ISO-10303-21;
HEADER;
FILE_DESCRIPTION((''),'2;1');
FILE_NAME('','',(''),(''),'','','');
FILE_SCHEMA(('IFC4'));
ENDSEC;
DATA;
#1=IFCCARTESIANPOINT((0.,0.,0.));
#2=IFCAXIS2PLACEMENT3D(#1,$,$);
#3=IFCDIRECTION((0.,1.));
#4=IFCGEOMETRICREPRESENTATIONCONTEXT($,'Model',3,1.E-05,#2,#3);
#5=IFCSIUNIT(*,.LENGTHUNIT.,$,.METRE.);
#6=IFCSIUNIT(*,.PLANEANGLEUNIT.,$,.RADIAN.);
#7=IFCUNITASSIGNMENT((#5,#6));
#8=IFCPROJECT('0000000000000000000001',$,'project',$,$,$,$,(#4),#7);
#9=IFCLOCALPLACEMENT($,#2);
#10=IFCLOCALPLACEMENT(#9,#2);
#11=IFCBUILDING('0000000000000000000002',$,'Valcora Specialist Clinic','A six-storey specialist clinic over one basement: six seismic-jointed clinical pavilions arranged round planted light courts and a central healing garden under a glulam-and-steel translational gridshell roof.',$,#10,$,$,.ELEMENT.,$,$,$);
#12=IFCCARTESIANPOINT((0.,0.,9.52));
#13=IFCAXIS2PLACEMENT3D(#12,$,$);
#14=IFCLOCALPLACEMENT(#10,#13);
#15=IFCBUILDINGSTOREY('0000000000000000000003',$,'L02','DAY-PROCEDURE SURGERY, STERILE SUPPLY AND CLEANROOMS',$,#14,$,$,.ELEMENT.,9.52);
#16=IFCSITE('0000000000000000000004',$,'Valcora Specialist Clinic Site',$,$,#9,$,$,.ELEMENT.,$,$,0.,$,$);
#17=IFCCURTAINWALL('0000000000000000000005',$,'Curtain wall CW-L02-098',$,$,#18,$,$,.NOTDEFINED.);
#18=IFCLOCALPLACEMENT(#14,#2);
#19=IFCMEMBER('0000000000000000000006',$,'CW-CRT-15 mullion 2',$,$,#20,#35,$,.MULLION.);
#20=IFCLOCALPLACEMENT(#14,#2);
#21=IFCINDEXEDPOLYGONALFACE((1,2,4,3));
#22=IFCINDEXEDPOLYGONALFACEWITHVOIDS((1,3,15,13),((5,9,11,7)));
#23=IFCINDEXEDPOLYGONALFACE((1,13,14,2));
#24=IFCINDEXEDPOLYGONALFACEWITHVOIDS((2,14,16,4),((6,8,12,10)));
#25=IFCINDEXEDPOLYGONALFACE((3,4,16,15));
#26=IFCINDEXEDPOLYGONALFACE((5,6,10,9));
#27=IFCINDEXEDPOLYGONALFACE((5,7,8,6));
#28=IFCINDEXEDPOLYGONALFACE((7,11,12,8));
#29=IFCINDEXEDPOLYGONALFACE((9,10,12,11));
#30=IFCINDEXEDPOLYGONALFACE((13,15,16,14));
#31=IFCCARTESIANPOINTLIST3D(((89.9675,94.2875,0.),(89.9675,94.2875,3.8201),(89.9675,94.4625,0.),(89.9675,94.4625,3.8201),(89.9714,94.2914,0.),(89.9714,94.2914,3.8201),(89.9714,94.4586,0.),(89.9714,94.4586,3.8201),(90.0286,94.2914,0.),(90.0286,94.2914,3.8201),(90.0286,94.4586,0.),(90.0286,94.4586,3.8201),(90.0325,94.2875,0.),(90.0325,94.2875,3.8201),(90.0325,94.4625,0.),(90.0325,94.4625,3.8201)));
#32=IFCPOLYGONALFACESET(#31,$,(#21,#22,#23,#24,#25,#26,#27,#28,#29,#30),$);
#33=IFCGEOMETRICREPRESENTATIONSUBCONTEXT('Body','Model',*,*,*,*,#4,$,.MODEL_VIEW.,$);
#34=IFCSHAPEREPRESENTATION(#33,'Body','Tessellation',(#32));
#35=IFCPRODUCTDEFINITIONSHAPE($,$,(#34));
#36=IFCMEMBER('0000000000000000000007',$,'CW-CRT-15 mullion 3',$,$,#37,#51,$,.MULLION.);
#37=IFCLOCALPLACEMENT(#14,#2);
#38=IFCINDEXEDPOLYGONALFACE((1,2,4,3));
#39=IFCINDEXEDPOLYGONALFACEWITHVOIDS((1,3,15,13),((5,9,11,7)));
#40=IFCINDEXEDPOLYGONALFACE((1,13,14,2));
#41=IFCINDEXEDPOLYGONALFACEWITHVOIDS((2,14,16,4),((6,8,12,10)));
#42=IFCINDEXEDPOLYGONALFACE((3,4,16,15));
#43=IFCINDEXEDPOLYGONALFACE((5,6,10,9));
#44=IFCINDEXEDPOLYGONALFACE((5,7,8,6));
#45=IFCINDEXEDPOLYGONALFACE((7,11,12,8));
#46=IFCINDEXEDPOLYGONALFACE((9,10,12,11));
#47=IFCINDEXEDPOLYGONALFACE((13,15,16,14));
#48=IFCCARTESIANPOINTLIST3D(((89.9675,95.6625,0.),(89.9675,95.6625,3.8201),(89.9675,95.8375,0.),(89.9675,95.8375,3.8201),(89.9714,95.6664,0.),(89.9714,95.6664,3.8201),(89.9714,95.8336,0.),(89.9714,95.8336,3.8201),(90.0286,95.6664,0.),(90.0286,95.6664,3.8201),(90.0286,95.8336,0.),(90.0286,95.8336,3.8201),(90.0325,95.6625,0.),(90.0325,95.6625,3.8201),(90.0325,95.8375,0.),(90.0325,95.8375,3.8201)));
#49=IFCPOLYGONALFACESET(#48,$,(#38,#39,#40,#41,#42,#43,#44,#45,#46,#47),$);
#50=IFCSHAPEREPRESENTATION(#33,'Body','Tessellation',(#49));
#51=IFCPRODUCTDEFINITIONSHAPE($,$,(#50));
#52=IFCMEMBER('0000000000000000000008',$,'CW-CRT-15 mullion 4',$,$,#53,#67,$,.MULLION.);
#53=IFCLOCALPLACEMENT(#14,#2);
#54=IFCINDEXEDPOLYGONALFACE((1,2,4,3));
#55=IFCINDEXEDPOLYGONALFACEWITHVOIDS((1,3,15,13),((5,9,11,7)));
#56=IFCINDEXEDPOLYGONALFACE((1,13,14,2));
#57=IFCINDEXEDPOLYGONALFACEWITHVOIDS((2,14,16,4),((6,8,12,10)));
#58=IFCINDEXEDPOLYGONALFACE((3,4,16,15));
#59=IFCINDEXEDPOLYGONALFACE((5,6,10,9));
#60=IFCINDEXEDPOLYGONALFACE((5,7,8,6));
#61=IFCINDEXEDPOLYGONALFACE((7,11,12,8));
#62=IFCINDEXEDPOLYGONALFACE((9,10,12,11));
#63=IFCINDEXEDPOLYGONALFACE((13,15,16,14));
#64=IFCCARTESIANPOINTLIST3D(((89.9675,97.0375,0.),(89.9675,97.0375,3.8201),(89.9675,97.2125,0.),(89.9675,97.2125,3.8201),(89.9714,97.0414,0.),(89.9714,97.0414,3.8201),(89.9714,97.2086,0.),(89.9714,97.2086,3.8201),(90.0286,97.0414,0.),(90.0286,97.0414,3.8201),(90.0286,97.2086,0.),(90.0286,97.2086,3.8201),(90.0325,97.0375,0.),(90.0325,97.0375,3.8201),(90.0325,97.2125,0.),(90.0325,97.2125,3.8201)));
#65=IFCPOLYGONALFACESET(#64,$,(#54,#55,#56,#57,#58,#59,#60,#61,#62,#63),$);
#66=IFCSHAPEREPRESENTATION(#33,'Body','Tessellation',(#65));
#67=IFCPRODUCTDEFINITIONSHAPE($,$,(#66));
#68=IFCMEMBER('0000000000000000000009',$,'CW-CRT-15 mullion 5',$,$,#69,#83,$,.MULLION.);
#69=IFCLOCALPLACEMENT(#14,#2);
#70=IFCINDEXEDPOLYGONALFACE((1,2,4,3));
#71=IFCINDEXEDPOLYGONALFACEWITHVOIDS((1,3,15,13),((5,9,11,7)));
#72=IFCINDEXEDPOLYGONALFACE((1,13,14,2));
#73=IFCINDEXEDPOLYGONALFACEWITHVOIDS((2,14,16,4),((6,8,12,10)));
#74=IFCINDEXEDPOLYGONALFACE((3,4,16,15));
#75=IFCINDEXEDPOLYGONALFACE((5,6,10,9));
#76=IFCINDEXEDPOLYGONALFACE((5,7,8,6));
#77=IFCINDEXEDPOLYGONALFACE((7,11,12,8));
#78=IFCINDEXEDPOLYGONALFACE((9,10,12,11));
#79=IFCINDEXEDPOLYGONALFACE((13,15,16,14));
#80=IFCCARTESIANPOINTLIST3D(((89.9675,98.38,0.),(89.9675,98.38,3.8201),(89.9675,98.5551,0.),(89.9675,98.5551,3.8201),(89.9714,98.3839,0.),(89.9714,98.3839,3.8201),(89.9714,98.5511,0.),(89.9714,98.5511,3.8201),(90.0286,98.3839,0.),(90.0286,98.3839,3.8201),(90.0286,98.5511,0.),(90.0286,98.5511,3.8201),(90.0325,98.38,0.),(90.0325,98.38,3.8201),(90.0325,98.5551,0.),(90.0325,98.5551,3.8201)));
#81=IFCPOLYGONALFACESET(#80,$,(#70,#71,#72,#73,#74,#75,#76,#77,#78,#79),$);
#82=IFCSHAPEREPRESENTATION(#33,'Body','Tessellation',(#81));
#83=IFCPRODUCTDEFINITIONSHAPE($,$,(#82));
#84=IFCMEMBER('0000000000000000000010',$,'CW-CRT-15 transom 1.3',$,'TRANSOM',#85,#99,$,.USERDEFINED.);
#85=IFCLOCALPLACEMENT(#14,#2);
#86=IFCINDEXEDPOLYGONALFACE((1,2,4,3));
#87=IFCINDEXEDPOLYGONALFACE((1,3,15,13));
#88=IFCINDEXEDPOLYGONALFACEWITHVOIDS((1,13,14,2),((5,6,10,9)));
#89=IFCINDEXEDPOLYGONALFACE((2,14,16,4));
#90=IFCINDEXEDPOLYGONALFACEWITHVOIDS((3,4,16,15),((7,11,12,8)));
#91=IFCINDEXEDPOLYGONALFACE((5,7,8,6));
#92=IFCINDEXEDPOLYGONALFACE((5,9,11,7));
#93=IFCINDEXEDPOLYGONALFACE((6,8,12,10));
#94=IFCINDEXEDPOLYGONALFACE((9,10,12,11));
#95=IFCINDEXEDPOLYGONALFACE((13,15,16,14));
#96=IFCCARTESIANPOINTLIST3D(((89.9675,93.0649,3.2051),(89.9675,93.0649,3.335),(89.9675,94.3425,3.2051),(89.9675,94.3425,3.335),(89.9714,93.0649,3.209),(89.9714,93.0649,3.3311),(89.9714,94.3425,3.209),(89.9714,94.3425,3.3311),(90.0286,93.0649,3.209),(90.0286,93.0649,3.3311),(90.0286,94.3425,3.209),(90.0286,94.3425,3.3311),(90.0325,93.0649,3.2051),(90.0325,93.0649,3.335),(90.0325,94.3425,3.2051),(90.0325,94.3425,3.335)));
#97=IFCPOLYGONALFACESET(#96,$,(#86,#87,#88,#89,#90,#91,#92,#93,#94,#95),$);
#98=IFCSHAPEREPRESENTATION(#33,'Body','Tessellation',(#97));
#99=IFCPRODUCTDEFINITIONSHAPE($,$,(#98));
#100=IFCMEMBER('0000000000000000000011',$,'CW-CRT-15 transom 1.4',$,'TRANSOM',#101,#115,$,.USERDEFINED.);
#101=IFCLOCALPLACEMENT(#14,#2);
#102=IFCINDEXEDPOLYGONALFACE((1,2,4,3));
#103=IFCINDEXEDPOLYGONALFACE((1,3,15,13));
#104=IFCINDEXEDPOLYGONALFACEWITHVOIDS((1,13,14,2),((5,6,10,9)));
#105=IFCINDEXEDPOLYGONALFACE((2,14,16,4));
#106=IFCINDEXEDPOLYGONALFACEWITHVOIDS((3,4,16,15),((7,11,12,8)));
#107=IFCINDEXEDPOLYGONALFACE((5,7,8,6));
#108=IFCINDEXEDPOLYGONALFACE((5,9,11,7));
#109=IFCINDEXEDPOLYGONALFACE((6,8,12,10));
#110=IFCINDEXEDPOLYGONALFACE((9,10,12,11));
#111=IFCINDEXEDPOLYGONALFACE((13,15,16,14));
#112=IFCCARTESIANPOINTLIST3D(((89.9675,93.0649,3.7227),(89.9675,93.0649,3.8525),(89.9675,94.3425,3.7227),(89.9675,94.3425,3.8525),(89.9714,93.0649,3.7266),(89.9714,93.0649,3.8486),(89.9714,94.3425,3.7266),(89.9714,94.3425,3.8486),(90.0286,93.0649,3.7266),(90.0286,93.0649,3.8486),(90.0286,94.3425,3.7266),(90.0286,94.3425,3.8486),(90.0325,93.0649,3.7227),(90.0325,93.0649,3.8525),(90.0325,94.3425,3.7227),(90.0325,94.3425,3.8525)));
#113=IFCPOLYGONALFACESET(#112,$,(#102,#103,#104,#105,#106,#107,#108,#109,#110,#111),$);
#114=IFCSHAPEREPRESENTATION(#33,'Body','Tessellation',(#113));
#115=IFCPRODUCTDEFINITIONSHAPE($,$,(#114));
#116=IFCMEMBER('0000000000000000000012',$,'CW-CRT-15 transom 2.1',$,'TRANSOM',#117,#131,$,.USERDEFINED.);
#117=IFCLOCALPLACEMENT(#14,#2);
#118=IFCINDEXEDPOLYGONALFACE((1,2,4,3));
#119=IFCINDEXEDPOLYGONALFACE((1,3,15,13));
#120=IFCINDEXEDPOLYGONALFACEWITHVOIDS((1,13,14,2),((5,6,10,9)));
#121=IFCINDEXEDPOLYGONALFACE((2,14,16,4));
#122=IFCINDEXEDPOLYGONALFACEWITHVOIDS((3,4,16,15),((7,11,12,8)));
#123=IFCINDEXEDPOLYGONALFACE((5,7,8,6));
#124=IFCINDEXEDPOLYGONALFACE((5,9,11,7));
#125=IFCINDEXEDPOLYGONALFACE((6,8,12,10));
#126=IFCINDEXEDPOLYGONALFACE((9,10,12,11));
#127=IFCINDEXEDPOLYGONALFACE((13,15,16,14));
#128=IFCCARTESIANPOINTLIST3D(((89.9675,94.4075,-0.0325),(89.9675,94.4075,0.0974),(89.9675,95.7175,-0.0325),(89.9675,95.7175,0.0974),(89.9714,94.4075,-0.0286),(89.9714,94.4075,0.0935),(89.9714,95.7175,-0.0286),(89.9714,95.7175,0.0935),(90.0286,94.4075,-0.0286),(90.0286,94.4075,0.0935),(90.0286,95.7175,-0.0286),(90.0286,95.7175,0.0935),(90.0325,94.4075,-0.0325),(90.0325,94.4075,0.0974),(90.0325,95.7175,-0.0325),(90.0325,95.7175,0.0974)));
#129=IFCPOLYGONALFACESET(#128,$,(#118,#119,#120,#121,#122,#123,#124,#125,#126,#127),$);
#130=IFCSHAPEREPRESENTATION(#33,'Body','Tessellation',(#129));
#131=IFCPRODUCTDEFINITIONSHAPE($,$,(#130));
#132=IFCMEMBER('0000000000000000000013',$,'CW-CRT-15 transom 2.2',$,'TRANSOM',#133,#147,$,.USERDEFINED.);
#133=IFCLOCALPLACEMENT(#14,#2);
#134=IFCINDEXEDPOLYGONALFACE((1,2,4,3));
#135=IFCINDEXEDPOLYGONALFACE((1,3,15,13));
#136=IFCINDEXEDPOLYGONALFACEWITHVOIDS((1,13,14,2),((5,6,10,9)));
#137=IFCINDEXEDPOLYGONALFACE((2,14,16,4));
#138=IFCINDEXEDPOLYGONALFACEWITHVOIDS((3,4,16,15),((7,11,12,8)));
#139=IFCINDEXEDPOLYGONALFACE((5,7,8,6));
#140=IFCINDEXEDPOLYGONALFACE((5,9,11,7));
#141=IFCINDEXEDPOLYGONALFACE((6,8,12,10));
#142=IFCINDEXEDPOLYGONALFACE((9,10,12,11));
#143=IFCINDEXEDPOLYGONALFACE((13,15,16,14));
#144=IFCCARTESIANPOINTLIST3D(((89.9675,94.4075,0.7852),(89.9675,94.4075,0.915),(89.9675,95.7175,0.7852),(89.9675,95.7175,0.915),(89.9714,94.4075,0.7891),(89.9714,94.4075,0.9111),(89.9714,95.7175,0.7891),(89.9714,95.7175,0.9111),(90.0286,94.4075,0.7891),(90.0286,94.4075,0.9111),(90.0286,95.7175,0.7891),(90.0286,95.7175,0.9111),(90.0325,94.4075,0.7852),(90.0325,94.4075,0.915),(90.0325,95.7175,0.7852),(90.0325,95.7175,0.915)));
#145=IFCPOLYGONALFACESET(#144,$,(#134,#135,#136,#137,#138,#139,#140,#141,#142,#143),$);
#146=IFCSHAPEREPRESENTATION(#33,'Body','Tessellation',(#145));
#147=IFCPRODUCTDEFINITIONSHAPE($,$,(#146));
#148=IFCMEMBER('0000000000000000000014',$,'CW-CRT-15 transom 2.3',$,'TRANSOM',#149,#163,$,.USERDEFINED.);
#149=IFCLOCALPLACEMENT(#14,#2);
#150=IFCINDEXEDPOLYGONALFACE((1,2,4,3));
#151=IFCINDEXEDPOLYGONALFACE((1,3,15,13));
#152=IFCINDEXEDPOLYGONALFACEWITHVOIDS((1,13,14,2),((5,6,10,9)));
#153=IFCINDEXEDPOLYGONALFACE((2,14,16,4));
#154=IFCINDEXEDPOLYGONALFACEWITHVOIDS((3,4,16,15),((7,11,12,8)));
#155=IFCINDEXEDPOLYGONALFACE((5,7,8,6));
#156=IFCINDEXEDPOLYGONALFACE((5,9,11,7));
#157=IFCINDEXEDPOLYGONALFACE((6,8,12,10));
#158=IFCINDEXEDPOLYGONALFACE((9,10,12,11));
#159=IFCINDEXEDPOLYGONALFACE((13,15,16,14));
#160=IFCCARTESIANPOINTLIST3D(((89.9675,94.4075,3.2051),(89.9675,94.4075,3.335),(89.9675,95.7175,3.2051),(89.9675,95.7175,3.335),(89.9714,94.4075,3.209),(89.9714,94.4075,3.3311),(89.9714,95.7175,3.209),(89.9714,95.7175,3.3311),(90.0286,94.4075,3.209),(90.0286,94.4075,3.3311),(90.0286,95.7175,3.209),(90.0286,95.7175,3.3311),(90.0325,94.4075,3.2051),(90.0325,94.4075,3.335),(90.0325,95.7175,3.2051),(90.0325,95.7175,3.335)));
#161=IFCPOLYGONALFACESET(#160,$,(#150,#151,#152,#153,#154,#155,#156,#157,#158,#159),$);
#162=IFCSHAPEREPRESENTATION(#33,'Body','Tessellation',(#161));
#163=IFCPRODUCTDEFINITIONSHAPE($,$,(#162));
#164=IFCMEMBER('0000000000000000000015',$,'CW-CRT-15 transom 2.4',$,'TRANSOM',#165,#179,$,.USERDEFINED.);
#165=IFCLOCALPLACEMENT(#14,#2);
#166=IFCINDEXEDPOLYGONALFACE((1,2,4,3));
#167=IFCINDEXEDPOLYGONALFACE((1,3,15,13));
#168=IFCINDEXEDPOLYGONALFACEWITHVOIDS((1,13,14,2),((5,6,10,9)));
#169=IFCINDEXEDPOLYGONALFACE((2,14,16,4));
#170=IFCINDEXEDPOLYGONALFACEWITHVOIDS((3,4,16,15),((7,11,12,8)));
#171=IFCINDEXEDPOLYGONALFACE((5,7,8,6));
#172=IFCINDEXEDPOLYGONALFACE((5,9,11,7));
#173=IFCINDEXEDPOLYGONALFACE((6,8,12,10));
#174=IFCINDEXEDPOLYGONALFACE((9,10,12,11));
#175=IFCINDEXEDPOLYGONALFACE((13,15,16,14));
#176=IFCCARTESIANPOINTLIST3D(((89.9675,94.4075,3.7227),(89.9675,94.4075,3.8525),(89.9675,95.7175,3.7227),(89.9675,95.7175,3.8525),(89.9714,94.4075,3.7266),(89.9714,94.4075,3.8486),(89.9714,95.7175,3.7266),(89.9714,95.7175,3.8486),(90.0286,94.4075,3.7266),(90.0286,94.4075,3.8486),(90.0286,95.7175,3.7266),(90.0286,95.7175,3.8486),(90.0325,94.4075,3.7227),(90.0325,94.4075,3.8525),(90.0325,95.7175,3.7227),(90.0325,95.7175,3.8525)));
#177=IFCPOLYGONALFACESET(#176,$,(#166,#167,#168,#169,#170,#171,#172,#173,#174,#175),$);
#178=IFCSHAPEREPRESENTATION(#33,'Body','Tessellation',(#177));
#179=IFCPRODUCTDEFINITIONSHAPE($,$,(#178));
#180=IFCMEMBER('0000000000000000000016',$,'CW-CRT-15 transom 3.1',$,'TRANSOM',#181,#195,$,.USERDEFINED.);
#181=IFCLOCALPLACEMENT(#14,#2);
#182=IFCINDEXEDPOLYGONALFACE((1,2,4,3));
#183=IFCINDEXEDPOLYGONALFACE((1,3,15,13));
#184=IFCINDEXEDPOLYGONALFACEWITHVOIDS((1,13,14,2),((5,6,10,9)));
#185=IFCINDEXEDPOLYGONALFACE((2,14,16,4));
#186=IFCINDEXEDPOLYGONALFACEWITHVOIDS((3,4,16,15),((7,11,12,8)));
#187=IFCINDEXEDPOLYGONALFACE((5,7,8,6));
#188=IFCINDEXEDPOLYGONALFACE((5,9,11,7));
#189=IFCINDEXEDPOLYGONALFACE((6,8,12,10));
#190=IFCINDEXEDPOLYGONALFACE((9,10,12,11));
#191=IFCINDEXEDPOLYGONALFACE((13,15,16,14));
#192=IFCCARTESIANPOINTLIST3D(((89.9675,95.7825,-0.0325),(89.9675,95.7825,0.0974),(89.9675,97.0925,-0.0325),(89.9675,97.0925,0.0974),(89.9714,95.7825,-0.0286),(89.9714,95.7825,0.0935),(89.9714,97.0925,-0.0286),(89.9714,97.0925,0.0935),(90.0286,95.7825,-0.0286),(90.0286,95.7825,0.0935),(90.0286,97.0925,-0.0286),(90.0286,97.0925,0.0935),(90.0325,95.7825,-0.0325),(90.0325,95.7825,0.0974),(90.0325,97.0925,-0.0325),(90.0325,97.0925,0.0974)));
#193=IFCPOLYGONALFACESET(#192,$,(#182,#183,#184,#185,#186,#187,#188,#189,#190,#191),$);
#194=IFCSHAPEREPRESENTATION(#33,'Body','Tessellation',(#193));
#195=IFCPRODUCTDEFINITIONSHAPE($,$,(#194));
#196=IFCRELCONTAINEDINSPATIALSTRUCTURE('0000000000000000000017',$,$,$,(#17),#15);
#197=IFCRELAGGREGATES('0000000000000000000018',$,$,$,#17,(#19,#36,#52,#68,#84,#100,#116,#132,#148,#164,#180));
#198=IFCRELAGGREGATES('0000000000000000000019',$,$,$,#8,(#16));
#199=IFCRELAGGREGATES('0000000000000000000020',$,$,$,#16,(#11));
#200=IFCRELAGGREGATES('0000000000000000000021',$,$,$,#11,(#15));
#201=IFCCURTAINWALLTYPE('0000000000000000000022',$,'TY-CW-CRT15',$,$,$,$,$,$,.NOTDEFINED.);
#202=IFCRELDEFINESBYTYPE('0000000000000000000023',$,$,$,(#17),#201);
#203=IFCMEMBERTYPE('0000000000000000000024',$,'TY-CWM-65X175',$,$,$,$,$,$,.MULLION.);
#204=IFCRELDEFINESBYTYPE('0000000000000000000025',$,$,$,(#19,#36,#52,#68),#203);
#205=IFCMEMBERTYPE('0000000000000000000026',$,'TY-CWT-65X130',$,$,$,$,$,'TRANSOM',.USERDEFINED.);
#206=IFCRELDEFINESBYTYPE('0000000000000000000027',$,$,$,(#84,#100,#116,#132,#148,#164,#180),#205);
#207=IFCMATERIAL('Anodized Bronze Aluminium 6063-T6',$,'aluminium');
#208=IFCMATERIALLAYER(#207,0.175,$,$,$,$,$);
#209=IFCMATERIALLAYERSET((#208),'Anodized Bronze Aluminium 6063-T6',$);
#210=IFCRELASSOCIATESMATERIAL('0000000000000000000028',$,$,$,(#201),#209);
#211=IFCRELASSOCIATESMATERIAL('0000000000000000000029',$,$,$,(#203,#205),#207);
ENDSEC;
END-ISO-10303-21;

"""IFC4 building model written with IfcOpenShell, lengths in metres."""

from ifc_helpers import new_model, si_unit, direction, frame, origin, origin_2d, place, context, subcontext, project, spatial, hollow_rectangle, extrude, material, layer, layer_set, material_profile, profile_set, type_object, element, aggregate, save


model = new_model("IFC4")

# Units and contexts
model_context = context("Model", 3, precision=1e-05, world=origin(), true_north=direction((0.0, 1.0)))
body_context = subcontext(model_context, "Body", "Model", "MODEL_VIEW")
ifc_project = project(units=[si_unit("LENGTHUNIT", "METRE"), si_unit("PLANEANGLEUNIT", "RADIAN")], contexts=[model_context])

# Site, building, storey
site_placement = place(None, origin())
site = spatial("IfcSite", under=ifc_project, at=site_placement, Name="Valcora Specialist Clinic Site", CompositionType="ELEMENT", RefElevation=0.0)
building_placement = place(site_placement, origin())
building = spatial("IfcBuilding", under=site, at=building_placement, Name="Valcora Specialist Clinic", Description="A six-storey specialist clinic over one basement: six seismic-jointed clinical pavilions arranged round planted light courts and a central healing garden under a glulam-and-steel translational gridshell roof.", CompositionType="ELEMENT")
storey_placement = place(building_placement, frame((0.0, 0.0, 9.52)))
storey = spatial("IfcBuildingStorey", under=building, at=storey_placement, Name="L02", Description="DAY-PROCEDURE SURGERY, STERILE SUPPLY AND CLEANROOMS", CompositionType="ELEMENT", Elevation=9.52)

# Curtain wall, members
ifc_material_1 = material(Name="Anodized Bronze Aluminium 6063-T6", Category="aluminium")
ifc_layer_1 = layer(ifc_material_1, 0.175)
ifc_layer_set_1 = layer_set([ifc_layer_1], Name="Anodized Bronze Aluminium 6063-T6")
curtain_wall_type = type_object("IfcCurtainWallType", Name="TY-CW-CRT15", PredefinedType="NOTDEFINED", material=ifc_layer_set_1)
curtain_wall_placement = place(storey_placement, origin())
curtain_wall = element("IfcCurtainWall", 1, at=curtain_wall_placement, inside=storey, type_object=curtain_wall_type, Name="Curtain wall CW-L02-098", PredefinedType="NOTDEFINED")
ifc_material_profile_1 = material_profile(ifc_material_1, hollow_rectangle(XDim=0.0649, YDim=0.175, WallThickness=0.0039, at=origin_2d()), Name="AL-MUL-65X175")
ifc_profile_set_1 = profile_set([ifc_material_profile_1], Name="Anodized Bronze Aluminium 6063-T6")
member_type_1 = type_object("IfcMemberType", Name="TY-CWM-65X175", PredefinedType="MULLION", material=ifc_profile_set_1)
member_1_placement = place(storey_placement, frame((90.0, 94.375, 0.0), z_axis=(0.0, 0.0, 1.0), x_axis=(-1.0, 0.0, 0.0)))
member_1 = element("IfcMember", 2, at=member_1_placement, type_object=member_type_1, Name="CW-CRT-15 mullion 2", PredefinedType="MULLION", context=body_context, shape_type="SweptSolid", body=[
    extrude(hollow_rectangle(XDim=0.0649, YDim=0.175, WallThickness=0.0039, at=origin_2d()), origin(), (0.0, 0.0, 1.0), 3.8201),
])
member_2_placement = place(storey_placement, frame((90.0, 95.75, 0.0), z_axis=(0.0, 0.0, 1.0), x_axis=(-1.0, 0.0, 0.0)))
member_2 = element("IfcMember", 3, at=member_2_placement, type_object=member_type_1, Name="CW-CRT-15 mullion 3", PredefinedType="MULLION", context=body_context, shape_type="SweptSolid", body=[
    extrude(hollow_rectangle(XDim=0.0649, YDim=0.175, WallThickness=0.0039, at=origin_2d()), origin(), (0.0, 0.0, 1.0), 3.8201),
])
member_3_placement = place(storey_placement, frame((90.0, 97.125, 0.0), z_axis=(0.0, 0.0, 1.0), x_axis=(-1.0, 0.0, 0.0)))
member_3 = element("IfcMember", 4, at=member_3_placement, type_object=member_type_1, Name="CW-CRT-15 mullion 4", PredefinedType="MULLION", context=body_context, shape_type="SweptSolid", body=[
    extrude(hollow_rectangle(XDim=0.0649, YDim=0.175, WallThickness=0.0039, at=origin_2d()), origin(), (0.0, 0.0, 1.0), 3.8201),
])
member_4_placement = place(storey_placement, frame((90.0, 98.4675, 0.0), z_axis=(0.0, 0.0, 1.0), x_axis=(-1.0, 0.0, 0.0)))
member_4 = element("IfcMember", 5, at=member_4_placement, type_object=member_type_1, Name="CW-CRT-15 mullion 5", PredefinedType="MULLION", context=body_context, shape_type="SweptSolid", body=[
    extrude(hollow_rectangle(XDim=0.0649, YDim=0.175, WallThickness=0.0039, at=origin_2d()), origin(), (0.0, 0.0, 1.0), 3.8201),
])
ifc_material_profile_2 = material_profile(ifc_material_1, hollow_rectangle(XDim=0.0649, YDim=0.1299, WallThickness=0.0039, at=origin_2d()), Name="AL-TRN-65X130")
ifc_profile_set_2 = profile_set([ifc_material_profile_2], Name="Anodized Bronze Aluminium 6063-T6")
member_type_2 = type_object("IfcMemberType", Name="TY-CWT-65X130", ElementType="TRANSOM", PredefinedType="USERDEFINED", material=ifc_profile_set_2)
member_5_placement = place(storey_placement, frame((90.0, 93.0649, 3.27), z_axis=(0.0, 1.0, 0.0), x_axis=(-1.0, 0.0, 0.0)))
member_5 = element("IfcMember", 6, at=member_5_placement, type_object=member_type_2, Name="CW-CRT-15 transom 1.3", ObjectType="TRANSOM", PredefinedType="USERDEFINED", context=body_context, shape_type="SweptSolid", body=[
    extrude(hollow_rectangle(XDim=0.0649, YDim=0.1299, WallThickness=0.0039, at=origin_2d()), origin(), (0.0, 0.0, 1.0), 1.2776),
])
member_6_placement = place(storey_placement, frame((90.0, 93.0649, 3.7876), z_axis=(0.0, 1.0, 0.0), x_axis=(-1.0, 0.0, 0.0)))
member_6 = element("IfcMember", 7, at=member_6_placement, type_object=member_type_2, Name="CW-CRT-15 transom 1.4", ObjectType="TRANSOM", PredefinedType="USERDEFINED", context=body_context, shape_type="SweptSolid", body=[
    extrude(hollow_rectangle(XDim=0.0649, YDim=0.1299, WallThickness=0.0039, at=origin_2d()), origin(), (0.0, 0.0, 1.0), 1.2776),
])
member_7_placement = place(storey_placement, frame((90.0, 94.4075, 0.0325), z_axis=(0.0, 1.0, 0.0), x_axis=(-1.0, 0.0, 0.0)))
member_7 = element("IfcMember", 8, at=member_7_placement, type_object=member_type_2, Name="CW-CRT-15 transom 2.1", ObjectType="TRANSOM", PredefinedType="USERDEFINED", context=body_context, shape_type="SweptSolid", body=[
    extrude(hollow_rectangle(XDim=0.0649, YDim=0.1299, WallThickness=0.0039, at=origin_2d()), origin(), (0.0, 0.0, 1.0), 1.3101),
])
member_8_placement = place(storey_placement, frame((90.0, 94.4075, 0.8501), z_axis=(0.0, 1.0, 0.0), x_axis=(-1.0, 0.0, 0.0)))
member_8 = element("IfcMember", 9, at=member_8_placement, type_object=member_type_2, Name="CW-CRT-15 transom 2.2", ObjectType="TRANSOM", PredefinedType="USERDEFINED", context=body_context, shape_type="SweptSolid", body=[
    extrude(hollow_rectangle(XDim=0.0649, YDim=0.1299, WallThickness=0.0039, at=origin_2d()), origin(), (0.0, 0.0, 1.0), 1.3101),
])
member_9_placement = place(storey_placement, frame((90.0, 94.4075, 3.27), z_axis=(0.0, 1.0, 0.0), x_axis=(-1.0, 0.0, 0.0)))
member_9 = element("IfcMember", 10, at=member_9_placement, type_object=member_type_2, Name="CW-CRT-15 transom 2.3", ObjectType="TRANSOM", PredefinedType="USERDEFINED", context=body_context, shape_type="SweptSolid", body=[
    extrude(hollow_rectangle(XDim=0.0649, YDim=0.1299, WallThickness=0.0039, at=origin_2d()), origin(), (0.0, 0.0, 1.0), 1.3101),
])
member_10_placement = place(storey_placement, frame((90.0, 94.4075, 3.7876), z_axis=(0.0, 1.0, 0.0), x_axis=(-1.0, 0.0, 0.0)))
member_10 = element("IfcMember", 11, at=member_10_placement, type_object=member_type_2, Name="CW-CRT-15 transom 2.4", ObjectType="TRANSOM", PredefinedType="USERDEFINED", context=body_context, shape_type="SweptSolid", body=[
    extrude(hollow_rectangle(XDim=0.0649, YDim=0.1299, WallThickness=0.0039, at=origin_2d()), origin(), (0.0, 0.0, 1.0), 1.3101),
])
member_11_placement = place(storey_placement, frame((90.0, 95.7825, 0.0325), z_axis=(0.0, 1.0, 0.0), x_axis=(-1.0, 0.0, 0.0)))
member_11 = element("IfcMember", 12, at=member_11_placement, type_object=member_type_2, Name="CW-CRT-15 transom 3.1", ObjectType="TRANSOM", PredefinedType="USERDEFINED", context=body_context, shape_type="SweptSolid", body=[
    extrude(hollow_rectangle(XDim=0.0649, YDim=0.1299, WallThickness=0.0039, at=origin_2d()), origin(), (0.0, 0.0, 1.0), 1.3101),
])
aggregate(curtain_wall, [member_1, member_2, member_3, member_4, member_5, member_6, member_7, member_8, member_9, member_10, member_11])

save(model, "model.ifc")
